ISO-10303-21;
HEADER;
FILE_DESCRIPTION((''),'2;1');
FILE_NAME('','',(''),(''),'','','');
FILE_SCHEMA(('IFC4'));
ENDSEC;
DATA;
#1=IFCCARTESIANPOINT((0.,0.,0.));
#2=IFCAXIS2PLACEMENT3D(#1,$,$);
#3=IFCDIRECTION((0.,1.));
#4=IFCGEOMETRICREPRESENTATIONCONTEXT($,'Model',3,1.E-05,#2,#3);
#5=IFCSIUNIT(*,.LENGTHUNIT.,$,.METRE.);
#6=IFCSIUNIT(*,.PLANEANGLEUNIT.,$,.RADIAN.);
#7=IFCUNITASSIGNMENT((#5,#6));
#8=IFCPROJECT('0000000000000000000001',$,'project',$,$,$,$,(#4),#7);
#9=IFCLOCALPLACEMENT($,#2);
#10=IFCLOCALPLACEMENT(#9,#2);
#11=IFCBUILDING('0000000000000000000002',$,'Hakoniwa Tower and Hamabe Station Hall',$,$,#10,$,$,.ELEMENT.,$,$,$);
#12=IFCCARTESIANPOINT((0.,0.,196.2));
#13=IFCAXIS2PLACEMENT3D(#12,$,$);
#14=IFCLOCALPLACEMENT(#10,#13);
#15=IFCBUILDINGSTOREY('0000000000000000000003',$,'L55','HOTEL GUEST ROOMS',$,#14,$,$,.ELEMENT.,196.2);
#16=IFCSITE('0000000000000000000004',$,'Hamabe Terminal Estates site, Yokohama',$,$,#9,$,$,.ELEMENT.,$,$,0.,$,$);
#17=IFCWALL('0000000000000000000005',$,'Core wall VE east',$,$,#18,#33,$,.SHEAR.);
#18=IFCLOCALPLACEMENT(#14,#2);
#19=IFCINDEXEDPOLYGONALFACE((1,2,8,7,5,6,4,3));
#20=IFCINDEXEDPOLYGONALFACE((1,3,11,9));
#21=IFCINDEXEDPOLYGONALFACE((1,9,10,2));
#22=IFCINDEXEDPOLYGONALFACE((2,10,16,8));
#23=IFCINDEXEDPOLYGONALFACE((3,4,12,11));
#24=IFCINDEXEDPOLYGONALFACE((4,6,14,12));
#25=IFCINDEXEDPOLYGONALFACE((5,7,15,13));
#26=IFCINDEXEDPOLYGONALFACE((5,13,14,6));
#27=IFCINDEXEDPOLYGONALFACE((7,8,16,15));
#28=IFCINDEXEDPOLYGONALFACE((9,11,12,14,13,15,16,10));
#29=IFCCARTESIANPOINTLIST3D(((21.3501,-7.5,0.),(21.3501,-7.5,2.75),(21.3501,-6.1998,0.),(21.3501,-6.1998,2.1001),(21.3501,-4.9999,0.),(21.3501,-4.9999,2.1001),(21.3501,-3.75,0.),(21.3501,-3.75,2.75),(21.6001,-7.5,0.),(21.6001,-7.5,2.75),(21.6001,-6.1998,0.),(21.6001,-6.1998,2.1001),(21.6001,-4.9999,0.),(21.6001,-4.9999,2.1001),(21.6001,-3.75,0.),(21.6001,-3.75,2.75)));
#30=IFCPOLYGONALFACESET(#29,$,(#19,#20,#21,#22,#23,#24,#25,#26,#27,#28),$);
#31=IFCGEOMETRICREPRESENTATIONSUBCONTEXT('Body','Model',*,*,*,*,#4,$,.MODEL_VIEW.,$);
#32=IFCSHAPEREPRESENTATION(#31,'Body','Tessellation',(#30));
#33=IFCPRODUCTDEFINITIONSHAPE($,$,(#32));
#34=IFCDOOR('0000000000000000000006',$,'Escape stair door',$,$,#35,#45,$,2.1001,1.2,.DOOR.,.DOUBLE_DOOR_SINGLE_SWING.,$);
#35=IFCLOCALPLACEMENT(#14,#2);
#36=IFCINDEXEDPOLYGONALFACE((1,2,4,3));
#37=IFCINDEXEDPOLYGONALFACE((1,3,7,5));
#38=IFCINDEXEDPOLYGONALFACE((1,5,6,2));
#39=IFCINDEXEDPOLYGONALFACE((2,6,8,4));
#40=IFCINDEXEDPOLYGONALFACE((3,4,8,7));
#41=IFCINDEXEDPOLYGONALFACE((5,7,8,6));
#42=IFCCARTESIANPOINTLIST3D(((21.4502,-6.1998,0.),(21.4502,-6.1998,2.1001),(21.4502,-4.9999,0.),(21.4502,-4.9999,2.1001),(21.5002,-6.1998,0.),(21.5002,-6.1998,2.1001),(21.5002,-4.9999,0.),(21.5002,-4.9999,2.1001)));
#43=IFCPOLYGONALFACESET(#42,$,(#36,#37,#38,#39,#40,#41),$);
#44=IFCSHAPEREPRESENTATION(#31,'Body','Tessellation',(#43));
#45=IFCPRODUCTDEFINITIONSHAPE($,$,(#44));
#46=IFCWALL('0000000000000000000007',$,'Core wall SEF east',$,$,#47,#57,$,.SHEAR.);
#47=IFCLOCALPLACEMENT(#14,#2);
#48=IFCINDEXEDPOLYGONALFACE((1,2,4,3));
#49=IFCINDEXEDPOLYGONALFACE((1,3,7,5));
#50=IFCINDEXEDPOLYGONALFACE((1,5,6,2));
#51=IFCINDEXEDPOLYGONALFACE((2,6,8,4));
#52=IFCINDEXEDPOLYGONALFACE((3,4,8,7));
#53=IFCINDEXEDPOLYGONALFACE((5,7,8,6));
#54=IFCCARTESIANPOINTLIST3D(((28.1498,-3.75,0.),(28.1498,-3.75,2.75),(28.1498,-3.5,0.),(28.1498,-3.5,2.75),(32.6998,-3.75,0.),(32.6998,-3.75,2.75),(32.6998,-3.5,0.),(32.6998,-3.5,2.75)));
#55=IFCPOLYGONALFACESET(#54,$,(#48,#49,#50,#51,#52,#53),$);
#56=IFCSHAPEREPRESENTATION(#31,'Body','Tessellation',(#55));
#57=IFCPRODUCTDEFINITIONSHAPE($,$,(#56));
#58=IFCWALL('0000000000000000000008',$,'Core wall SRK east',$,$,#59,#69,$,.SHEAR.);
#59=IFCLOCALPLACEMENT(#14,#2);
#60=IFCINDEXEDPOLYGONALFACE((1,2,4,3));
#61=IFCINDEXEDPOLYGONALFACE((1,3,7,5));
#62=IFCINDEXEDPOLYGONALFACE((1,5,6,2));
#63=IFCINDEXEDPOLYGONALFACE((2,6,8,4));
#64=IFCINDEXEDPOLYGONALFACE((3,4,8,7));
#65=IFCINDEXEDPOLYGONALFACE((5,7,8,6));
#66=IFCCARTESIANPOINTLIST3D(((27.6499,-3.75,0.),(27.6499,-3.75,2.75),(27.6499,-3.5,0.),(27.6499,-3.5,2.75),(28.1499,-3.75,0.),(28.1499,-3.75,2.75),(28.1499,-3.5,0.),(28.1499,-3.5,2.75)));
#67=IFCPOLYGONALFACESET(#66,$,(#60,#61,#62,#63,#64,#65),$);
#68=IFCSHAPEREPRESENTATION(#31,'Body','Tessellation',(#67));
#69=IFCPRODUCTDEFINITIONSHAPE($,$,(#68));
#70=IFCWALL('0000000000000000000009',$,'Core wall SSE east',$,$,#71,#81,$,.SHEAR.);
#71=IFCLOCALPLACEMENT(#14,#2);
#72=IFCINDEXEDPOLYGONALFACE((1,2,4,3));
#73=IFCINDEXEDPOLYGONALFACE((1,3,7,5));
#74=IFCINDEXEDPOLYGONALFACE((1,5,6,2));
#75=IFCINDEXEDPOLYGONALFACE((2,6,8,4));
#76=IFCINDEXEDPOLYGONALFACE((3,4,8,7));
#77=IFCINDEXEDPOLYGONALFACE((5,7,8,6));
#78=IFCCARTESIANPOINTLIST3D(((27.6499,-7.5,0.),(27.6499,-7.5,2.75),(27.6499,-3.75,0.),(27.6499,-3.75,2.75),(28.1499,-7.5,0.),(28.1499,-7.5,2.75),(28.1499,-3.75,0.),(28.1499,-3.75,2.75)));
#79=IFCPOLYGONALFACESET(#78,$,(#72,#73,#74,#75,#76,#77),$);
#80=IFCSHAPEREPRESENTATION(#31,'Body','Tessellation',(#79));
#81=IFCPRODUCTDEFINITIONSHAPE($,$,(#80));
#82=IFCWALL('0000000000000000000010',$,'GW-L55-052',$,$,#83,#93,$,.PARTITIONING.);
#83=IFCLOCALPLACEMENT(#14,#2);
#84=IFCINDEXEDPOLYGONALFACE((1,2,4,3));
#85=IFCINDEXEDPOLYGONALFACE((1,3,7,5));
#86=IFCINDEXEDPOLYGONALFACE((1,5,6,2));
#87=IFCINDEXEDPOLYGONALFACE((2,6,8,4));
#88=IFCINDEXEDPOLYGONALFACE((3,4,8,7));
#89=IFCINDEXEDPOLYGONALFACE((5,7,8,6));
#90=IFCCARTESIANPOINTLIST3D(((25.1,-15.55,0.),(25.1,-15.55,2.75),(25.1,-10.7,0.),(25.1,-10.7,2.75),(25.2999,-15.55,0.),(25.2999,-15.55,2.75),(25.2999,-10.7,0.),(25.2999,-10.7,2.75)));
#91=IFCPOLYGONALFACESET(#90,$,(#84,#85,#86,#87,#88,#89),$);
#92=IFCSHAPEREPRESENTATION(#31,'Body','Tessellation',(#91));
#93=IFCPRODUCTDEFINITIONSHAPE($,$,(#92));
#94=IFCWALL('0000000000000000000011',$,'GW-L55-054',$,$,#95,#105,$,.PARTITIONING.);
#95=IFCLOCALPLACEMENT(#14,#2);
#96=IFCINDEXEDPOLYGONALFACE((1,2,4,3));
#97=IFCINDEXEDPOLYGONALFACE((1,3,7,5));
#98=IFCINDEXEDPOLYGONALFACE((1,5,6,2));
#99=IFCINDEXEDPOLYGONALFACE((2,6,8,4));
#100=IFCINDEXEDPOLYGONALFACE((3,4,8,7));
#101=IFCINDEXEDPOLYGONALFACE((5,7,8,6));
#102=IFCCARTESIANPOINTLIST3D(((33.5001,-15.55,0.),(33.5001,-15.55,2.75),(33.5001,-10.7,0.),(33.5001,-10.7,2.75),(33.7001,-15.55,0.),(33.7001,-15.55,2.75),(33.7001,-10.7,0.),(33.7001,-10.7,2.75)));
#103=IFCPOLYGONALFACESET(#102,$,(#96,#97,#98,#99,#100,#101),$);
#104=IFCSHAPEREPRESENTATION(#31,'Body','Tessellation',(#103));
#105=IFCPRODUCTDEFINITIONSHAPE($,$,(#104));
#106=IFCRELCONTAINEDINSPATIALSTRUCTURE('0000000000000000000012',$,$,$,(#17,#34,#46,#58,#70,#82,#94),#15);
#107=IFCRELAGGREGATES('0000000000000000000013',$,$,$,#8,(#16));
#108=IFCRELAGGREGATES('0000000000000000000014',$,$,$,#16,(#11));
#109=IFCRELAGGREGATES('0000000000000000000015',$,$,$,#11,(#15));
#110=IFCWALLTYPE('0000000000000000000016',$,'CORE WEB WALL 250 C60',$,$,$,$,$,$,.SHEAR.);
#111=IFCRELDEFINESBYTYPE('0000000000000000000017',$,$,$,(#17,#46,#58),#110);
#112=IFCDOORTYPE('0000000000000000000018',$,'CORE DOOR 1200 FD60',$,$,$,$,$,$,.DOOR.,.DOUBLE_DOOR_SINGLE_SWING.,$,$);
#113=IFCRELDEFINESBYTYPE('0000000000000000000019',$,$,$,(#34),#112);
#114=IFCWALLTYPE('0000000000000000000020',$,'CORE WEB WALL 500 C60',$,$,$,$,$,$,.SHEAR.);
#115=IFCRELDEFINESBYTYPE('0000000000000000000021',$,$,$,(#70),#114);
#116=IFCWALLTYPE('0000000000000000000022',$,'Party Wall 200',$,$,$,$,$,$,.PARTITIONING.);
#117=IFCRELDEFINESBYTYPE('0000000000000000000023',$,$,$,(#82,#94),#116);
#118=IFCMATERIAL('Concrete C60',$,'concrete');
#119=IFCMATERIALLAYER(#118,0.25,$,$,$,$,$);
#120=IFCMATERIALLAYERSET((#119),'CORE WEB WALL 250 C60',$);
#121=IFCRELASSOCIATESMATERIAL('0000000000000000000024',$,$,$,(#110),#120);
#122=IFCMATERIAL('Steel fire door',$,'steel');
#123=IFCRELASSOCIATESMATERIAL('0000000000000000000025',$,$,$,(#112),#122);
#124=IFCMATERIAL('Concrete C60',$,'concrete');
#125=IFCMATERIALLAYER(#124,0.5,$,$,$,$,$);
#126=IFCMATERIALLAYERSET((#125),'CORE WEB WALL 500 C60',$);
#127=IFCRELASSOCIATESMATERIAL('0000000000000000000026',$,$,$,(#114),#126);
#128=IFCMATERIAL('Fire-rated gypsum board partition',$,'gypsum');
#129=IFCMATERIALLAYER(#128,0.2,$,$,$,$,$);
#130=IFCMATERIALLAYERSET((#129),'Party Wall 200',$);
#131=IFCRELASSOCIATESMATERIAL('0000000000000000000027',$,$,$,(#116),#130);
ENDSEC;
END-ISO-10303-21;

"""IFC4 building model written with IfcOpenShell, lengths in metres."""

from ifc_helpers import new_model, si_unit, direction, frame, frame_2d, origin, place, context, subcontext, project, spatial, rectangle, extrude, material, layer, layer_set, type_object, element, fill, save


model = new_model("IFC4")

# Units and contexts
model_context = context("Model", 3, precision=1e-05, world=origin(), true_north=direction((0.0, 1.0)))
body_context = subcontext(model_context, "Body", "Model", "MODEL_VIEW")
ifc_project = project(units=[si_unit("LENGTHUNIT", "METRE"), si_unit("PLANEANGLEUNIT", "RADIAN")], contexts=[model_context])

# Site, building, storey
site_placement = place(None, origin())
site = spatial("IfcSite", under=ifc_project, at=site_placement, Name="Hamabe Terminal Estates site, Yokohama", CompositionType="ELEMENT", RefElevation=0.0)
building_placement = place(site_placement, origin())
building = spatial("IfcBuilding", under=site, at=building_placement, Name="Hakoniwa Tower and Hamabe Station Hall", CompositionType="ELEMENT")
storey_placement = place(building_placement, frame((0.0, 0.0, 196.2)))
storey = spatial("IfcBuildingStorey", under=building, at=storey_placement, Name="L55", Description="HOTEL GUEST ROOMS", CompositionType="ELEMENT", Elevation=196.2)

# Shared definitions
ifc_material_1 = material(Name="Concrete C60", Category="concrete")
ifc_layer_1 = layer(ifc_material_1, 0.25)
ifc_layer_set_1 = layer_set([ifc_layer_1], Name="CORE WEB WALL 250 C60")
wall_type_1 = type_object("IfcWallType", Name="CORE WEB WALL 250 C60", PredefinedType="SHEAR", material=ifc_layer_set_1)

# Wall, opening, door
wall_1_placement = place(storey_placement, frame((21.4751, -7.5, 0.0), z_axis=(0.0, 0.0, 1.0), x_axis=(0.0, 1.0, 0.0)))
wall_1 = element("IfcWall", 1, at=wall_1_placement, inside=storey, type_object=wall_type_1, Name="Core wall VE east", PredefinedType="SHEAR", context=body_context, shape_type="SweptSolid", body=[
    extrude(rectangle(XDim=3.75, YDim=0.25, at=frame_2d((1.875, 0.0))), origin(), (0.0, 0.0, 1.0), 2.75),
])
opening_1_placement = place(wall_1_placement, frame((1.3, 0.0, 0.0)))
opening_1 = element("IfcOpeningElement", 2, at=opening_1_placement, cuts=wall_1, PredefinedType="OPENING", context=body_context, shape_type="SweptSolid", body=[
    extrude(rectangle(XDim=1.2, YDim=2.1001, at=frame_2d((0.6001, 1.05))), frame((0.0, 0.135, 0.0), z_axis=(0.0, -1.0, 0.0), x_axis=(1.0, 0.0, 0.0)), (0.0, 0.0, 1.0), 0.27),
])
ifc_material_2 = material(Name="Steel fire door", Category="steel")
door_type_1 = type_object("IfcDoorType", Name="CORE DOOR 1200 FD60", OperationType="DOUBLE_DOOR_SINGLE_SWING", PredefinedType="DOOR", material=ifc_material_2)
door_1_placement = place(opening_1_placement, origin())
door_1 = element("IfcDoor", 3, at=door_1_placement, inside=storey, type_object=door_type_1, Name="Escape stair door", OperationType="DOUBLE_DOOR_SINGLE_SWING", OverallHeight=2.1001, OverallWidth=1.2, PredefinedType="DOOR", context=body_context, shape_type="SweptSolid", body=[
    extrude(rectangle(XDim=1.2, YDim=2.1001, at=frame_2d((0.6001, 1.05))), frame((0.0, 0.0249, 0.0), z_axis=(0.0, -1.0, 0.0), x_axis=(1.0, 0.0, 0.0)), (0.0, 0.0, 1.0), 0.05),
])
fill(opening_1, door_1)

# Walls
wall_2_placement = place(storey_placement, frame((28.1499, -3.625, 0.0), z_axis=(0.0, 0.0, 1.0), x_axis=(1.0, 0.0, 0.0)))
element("IfcWall", 4, at=wall_2_placement, inside=storey, type_object=wall_type_1, Name="Core wall SEF east", PredefinedType="SHEAR", context=body_context, shape_type="SweptSolid", body=[
    extrude(rectangle(XDim=4.55, YDim=0.25, at=frame_2d((2.2749, 0.0))), origin(), (0.0, 0.0, 1.0), 2.75),
])
wall_3_placement = place(storey_placement, frame((27.6499, -3.625, 0.0), z_axis=(0.0, 0.0, 1.0), x_axis=(1.0, 0.0, 0.0)))
element("IfcWall", 5, at=wall_3_placement, inside=storey, type_object=wall_type_1, Name="Core wall SRK east", PredefinedType="SHEAR", context=body_context, shape_type="SweptSolid", body=[
    extrude(rectangle(XDim=0.5, YDim=0.25, at=frame_2d((0.25, 0.0))), origin(), (0.0, 0.0, 1.0), 2.75),
])
ifc_material_3 = material(Name="Concrete C60", Category="concrete")
ifc_layer_2 = layer(ifc_material_3, 0.5)
ifc_layer_set_2 = layer_set([ifc_layer_2], Name="CORE WEB WALL 500 C60")
wall_type_2 = type_object("IfcWallType", Name="CORE WEB WALL 500 C60", PredefinedType="SHEAR", material=ifc_layer_set_2)
wall_4_placement = place(storey_placement, frame((27.8999, -7.5, 0.0), z_axis=(0.0, 0.0, 1.0), x_axis=(0.0, 1.0, 0.0)))
element("IfcWall", 6, at=wall_4_placement, inside=storey, type_object=wall_type_2, Name="Core wall SSE east", PredefinedType="SHEAR", context=body_context, shape_type="SweptSolid", body=[
    extrude(rectangle(XDim=3.75, YDim=0.5, at=frame_2d((1.875, 0.0))), origin(), (0.0, 0.0, 1.0), 2.75),
])
ifc_material_4 = material(Name="Fire-rated gypsum board partition", Category="gypsum")
ifc_layer_3 = layer(ifc_material_4, 0.2)
ifc_layer_set_3 = layer_set([ifc_layer_3], Name="Party Wall 200")
wall_type_3 = type_object("IfcWallType", Name="Party Wall 200", PredefinedType="PARTITIONING", material=ifc_layer_set_3)
for number, where, z_axis, x_axis, name in (
    (7, (25.2, -15.55, 0.0), (0.0, 0.0, 1.0), (0.0, 1.0, 0.0), "GW-L55-052"),
    (8, (33.6001, -15.55, 0.0), (0.0, 0.0, 1.0), (0.0, 1.0, 0.0), "GW-L55-054"),
):
    element("IfcWall", number, at=place(storey_placement, frame(where, z_axis=z_axis, x_axis=x_axis)), inside=storey, type_object=wall_type_3, Name=name, PredefinedType="PARTITIONING", context=body_context, shape_type="SweptSolid", body=[
        extrude(rectangle(XDim=4.8501, YDim=0.2, at=frame_2d((2.425, 0.0))), origin(), (0.0, 0.0, 1.0), 2.75),
    ])

save(model, "model.ifc")
